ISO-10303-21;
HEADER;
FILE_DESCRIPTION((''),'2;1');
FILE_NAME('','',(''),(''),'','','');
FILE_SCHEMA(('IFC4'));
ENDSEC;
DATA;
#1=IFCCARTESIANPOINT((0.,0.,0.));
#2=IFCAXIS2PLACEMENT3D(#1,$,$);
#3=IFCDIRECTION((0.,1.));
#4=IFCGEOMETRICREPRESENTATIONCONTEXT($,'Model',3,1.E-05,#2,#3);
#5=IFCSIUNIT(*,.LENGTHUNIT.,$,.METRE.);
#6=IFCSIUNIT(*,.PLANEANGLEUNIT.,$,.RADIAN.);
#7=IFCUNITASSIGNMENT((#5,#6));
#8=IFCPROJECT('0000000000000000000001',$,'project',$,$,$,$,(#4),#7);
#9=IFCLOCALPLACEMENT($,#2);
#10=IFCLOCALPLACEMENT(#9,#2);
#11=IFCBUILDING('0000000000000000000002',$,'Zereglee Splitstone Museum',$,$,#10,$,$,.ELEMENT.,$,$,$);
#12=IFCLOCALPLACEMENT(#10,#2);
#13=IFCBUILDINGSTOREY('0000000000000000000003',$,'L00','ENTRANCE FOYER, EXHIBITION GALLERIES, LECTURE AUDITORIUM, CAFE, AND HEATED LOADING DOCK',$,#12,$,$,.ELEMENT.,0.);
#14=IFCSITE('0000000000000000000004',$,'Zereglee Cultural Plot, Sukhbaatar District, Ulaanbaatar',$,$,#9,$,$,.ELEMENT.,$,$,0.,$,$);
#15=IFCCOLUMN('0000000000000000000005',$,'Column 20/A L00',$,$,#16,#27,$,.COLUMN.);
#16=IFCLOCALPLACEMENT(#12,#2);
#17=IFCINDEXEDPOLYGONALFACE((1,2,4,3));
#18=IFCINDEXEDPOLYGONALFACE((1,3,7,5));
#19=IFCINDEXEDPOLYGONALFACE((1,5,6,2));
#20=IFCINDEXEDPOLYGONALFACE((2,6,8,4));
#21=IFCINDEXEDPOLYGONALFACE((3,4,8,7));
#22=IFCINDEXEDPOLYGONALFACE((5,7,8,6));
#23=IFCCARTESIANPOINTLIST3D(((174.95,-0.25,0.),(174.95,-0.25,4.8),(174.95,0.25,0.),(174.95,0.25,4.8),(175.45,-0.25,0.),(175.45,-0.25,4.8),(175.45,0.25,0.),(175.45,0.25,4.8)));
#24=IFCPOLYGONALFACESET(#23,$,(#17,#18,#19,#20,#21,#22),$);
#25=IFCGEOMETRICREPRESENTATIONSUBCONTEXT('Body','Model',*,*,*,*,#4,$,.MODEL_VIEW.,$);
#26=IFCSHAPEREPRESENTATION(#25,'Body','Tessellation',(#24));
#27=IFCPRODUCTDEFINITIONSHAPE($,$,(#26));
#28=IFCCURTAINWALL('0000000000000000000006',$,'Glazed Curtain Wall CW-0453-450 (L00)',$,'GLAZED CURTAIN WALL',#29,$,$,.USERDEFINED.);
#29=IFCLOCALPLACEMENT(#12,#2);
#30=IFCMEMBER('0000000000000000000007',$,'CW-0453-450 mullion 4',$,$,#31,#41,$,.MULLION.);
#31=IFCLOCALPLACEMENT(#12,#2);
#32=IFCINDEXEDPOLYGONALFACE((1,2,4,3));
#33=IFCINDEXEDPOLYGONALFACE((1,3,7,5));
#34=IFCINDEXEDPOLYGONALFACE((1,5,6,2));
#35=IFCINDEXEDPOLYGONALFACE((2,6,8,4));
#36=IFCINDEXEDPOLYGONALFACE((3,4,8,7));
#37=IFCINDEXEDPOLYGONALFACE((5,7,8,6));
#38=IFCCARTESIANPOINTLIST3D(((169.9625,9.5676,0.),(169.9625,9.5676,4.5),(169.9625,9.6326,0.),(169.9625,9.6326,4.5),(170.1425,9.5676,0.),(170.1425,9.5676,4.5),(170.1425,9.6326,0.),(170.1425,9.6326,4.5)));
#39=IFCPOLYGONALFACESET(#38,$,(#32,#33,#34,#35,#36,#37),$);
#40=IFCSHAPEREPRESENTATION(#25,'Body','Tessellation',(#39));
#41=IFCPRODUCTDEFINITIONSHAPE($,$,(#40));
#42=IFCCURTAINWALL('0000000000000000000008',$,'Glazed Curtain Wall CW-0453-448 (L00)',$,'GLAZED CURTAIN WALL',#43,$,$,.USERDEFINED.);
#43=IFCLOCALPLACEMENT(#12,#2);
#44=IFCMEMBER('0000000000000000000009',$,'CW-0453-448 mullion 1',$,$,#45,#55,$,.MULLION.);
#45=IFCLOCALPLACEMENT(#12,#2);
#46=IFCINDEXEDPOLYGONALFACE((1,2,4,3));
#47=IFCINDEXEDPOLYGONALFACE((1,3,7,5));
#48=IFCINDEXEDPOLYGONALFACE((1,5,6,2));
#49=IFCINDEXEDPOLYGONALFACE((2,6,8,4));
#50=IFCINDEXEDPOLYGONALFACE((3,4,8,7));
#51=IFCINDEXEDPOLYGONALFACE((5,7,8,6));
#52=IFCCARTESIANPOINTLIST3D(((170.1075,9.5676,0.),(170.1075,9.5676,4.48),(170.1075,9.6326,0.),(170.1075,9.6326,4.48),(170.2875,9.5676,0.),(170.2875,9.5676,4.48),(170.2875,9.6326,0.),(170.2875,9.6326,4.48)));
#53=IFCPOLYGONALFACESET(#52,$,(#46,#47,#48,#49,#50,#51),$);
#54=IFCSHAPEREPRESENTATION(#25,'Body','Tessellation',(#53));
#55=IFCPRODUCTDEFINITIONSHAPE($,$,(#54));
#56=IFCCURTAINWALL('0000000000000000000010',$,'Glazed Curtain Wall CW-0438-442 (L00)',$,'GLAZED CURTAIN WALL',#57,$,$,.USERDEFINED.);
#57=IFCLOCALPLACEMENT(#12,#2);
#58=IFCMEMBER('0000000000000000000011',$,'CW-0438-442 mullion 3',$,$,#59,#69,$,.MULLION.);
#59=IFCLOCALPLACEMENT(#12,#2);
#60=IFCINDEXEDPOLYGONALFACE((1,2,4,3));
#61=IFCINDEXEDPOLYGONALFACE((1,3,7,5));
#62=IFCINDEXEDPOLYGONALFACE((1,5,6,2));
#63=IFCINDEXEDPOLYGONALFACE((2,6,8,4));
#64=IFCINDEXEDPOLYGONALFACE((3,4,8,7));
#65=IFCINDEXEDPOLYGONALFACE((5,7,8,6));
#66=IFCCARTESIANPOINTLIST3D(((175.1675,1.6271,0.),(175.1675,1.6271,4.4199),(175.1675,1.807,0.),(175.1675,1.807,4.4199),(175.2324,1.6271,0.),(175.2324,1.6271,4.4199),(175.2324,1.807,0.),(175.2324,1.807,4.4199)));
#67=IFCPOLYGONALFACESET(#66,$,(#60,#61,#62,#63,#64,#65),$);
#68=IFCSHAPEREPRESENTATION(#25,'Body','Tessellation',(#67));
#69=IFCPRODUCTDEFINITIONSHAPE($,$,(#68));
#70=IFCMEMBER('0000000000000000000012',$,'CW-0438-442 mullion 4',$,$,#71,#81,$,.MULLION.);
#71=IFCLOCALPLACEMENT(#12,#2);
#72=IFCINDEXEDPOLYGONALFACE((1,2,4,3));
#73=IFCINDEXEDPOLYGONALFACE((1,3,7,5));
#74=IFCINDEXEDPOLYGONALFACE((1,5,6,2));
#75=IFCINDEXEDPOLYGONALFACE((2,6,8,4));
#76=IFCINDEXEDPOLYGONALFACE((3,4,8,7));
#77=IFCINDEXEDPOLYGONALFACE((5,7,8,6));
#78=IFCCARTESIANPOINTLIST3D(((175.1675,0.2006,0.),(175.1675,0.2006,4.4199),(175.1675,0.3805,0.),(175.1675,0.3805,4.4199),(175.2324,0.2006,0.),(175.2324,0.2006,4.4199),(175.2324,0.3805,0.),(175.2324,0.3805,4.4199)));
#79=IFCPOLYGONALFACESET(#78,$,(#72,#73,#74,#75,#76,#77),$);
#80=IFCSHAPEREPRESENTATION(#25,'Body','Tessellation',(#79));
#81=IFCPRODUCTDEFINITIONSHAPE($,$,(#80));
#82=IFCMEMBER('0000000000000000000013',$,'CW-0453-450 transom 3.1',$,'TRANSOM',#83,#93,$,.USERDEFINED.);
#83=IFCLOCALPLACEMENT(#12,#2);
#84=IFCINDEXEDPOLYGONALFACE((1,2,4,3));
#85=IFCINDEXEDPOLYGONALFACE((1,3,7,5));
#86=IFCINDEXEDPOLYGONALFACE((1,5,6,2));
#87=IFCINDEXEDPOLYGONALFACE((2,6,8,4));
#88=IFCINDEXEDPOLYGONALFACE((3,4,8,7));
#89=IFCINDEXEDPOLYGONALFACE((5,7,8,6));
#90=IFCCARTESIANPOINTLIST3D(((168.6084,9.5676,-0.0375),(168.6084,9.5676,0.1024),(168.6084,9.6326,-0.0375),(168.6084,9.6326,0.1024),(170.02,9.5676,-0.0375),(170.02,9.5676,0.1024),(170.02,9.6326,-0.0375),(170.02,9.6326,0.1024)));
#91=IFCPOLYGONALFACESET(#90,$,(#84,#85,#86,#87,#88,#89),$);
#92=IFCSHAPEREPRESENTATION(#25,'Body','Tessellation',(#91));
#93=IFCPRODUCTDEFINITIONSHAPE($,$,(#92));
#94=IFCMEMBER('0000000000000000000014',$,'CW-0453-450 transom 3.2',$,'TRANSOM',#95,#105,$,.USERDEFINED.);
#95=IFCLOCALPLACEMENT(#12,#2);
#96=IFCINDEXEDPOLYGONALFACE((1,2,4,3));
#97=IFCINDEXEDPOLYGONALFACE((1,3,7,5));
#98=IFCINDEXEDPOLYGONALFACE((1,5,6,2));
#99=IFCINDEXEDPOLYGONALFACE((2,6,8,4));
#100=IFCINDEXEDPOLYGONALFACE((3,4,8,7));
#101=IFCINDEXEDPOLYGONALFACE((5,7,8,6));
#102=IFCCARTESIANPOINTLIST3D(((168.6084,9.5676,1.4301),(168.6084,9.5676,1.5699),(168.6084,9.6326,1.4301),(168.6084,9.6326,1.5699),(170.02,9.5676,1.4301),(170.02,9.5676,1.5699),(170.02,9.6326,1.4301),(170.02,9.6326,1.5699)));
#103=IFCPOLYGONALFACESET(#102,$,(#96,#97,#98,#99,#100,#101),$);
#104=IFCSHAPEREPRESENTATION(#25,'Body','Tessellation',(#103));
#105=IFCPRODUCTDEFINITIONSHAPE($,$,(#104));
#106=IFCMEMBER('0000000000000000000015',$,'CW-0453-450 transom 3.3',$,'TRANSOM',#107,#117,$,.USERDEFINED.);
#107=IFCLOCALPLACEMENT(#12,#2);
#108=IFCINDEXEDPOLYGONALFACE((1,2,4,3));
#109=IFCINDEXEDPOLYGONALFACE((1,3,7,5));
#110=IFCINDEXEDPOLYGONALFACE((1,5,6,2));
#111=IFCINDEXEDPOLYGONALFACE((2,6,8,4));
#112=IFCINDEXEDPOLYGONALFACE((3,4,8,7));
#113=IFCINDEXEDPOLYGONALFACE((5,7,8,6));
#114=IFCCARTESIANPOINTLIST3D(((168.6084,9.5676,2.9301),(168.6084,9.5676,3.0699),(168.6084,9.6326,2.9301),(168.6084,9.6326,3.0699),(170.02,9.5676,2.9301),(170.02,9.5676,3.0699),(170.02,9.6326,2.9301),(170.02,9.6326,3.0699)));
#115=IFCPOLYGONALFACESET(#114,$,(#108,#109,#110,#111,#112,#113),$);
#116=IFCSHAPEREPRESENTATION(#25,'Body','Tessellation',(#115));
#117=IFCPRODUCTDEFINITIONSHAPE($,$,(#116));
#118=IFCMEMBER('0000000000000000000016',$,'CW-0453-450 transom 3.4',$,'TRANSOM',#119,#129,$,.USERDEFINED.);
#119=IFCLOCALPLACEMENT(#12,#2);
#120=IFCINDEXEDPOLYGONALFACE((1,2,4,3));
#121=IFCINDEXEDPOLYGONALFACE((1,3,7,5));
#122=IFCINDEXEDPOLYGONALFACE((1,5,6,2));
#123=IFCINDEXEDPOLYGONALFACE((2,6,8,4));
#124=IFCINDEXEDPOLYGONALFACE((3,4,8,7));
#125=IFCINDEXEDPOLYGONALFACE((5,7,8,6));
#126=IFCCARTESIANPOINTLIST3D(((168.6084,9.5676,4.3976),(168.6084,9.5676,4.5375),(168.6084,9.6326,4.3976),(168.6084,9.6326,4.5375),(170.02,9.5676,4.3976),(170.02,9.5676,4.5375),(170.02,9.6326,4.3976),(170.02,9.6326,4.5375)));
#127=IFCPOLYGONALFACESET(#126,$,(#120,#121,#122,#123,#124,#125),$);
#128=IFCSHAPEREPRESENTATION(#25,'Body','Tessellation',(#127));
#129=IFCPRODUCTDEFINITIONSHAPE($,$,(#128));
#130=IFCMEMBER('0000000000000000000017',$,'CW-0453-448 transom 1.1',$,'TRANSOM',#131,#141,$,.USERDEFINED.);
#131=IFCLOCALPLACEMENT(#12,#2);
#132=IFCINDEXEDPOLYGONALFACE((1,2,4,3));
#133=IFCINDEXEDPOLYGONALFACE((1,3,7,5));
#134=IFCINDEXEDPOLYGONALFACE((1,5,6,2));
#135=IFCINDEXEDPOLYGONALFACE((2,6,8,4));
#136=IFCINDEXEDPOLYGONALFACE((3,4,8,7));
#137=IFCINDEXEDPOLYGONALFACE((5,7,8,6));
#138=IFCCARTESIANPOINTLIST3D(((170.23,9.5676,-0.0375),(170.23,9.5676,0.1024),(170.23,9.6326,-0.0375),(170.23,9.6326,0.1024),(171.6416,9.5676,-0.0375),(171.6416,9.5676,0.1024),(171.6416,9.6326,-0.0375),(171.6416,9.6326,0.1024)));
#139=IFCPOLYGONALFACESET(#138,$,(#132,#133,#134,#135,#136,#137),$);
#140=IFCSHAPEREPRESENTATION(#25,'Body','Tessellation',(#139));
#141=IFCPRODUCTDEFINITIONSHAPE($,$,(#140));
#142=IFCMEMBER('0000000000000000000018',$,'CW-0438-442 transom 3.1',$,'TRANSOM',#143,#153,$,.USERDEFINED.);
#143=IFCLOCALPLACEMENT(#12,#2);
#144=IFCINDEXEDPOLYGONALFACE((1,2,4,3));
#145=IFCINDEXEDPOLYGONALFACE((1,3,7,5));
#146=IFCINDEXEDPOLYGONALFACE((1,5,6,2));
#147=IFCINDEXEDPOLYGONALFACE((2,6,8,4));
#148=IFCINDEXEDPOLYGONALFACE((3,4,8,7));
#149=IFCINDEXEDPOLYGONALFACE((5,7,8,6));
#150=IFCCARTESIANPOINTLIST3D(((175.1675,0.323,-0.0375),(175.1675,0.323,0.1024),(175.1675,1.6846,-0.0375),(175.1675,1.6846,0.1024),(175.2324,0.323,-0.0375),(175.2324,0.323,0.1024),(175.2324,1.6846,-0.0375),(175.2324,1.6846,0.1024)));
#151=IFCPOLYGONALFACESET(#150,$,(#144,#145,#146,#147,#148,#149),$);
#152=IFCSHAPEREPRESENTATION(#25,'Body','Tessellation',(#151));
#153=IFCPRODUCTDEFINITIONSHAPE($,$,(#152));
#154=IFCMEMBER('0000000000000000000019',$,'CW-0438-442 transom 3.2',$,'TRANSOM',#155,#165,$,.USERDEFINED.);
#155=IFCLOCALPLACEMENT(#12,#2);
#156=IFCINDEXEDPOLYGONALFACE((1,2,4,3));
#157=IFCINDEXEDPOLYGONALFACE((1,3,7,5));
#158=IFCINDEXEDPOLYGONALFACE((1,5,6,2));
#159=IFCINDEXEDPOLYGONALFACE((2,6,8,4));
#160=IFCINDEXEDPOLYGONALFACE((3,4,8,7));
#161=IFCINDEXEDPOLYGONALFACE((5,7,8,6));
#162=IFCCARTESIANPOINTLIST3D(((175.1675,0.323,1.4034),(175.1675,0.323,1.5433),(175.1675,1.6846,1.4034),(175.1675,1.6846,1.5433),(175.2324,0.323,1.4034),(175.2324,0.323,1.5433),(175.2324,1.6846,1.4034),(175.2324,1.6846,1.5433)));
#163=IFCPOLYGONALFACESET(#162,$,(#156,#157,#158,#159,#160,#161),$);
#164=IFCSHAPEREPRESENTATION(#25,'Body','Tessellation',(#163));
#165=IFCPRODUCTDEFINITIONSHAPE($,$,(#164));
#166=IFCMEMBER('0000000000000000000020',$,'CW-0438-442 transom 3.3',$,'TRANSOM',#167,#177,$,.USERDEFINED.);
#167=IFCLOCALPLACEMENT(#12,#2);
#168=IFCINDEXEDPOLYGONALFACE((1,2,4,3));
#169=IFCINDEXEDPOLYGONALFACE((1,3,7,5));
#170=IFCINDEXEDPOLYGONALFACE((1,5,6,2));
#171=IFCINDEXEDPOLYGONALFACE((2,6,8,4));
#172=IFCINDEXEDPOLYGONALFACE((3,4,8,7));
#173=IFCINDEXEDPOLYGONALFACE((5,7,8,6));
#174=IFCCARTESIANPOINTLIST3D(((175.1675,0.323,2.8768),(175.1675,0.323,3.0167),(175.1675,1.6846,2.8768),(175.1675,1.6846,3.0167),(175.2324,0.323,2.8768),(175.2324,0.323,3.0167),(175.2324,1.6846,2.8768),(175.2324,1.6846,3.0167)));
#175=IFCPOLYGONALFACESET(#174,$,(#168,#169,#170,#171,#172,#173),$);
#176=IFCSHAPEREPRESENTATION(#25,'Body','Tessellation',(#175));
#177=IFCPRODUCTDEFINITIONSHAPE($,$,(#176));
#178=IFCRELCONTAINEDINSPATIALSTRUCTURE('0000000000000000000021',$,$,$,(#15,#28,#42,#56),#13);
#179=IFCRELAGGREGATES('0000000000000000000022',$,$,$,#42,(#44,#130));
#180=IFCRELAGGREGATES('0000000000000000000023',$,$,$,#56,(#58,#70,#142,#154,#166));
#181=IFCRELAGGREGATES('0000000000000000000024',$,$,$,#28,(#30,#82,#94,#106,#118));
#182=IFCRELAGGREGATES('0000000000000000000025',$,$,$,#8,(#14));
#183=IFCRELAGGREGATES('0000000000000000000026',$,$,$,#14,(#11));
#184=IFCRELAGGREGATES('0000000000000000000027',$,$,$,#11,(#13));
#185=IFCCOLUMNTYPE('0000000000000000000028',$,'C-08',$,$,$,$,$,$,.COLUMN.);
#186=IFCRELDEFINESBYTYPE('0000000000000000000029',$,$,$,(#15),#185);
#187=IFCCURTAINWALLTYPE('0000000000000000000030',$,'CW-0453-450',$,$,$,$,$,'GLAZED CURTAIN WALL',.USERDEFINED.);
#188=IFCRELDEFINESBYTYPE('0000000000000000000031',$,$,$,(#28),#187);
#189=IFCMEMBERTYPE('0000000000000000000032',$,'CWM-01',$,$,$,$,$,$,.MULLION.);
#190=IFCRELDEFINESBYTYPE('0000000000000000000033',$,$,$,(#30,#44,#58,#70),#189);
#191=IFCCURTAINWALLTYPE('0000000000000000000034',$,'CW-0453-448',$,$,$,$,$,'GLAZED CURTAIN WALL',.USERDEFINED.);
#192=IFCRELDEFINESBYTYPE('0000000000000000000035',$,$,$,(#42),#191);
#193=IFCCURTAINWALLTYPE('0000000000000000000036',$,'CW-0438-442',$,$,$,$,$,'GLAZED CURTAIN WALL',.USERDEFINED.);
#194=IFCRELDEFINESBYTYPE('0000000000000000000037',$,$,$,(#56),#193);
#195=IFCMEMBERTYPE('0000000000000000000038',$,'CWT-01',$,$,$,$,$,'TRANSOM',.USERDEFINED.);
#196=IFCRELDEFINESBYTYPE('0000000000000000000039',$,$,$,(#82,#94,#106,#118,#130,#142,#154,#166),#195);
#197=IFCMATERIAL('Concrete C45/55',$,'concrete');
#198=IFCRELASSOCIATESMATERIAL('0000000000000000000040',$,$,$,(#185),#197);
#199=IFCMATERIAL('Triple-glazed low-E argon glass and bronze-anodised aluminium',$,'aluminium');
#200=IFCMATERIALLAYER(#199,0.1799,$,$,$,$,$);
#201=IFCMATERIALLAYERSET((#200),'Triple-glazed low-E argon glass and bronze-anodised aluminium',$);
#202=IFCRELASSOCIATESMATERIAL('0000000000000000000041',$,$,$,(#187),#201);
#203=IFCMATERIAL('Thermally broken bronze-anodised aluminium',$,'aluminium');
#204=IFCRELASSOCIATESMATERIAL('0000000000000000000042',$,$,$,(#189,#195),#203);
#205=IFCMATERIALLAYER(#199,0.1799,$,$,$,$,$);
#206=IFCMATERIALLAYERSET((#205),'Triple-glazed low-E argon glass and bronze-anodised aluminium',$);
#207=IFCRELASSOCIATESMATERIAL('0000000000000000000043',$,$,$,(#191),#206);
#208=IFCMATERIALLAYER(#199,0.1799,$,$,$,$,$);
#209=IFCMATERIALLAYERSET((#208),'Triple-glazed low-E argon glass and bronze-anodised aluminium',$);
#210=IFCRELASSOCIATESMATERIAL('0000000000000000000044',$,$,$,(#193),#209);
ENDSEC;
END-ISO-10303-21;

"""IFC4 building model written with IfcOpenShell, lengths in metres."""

from ifc_helpers import new_model, si_unit, direction, frame, origin, origin_2d, place, context, subcontext, project, spatial, rectangle, extrude, material, layer, layer_set, material_profile, profile_set, type_object, element, aggregate, save


model = new_model("IFC4")

# Units and contexts
model_context = context("Model", 3, precision=1e-05, world=origin(), true_north=direction((0.0, 1.0)))
body_context = subcontext(model_context, "Body", "Model", "MODEL_VIEW")
ifc_project = project(units=[si_unit("LENGTHUNIT", "METRE"), si_unit("PLANEANGLEUNIT", "RADIAN")], contexts=[model_context])

# Site, building, storey
site_placement = place(None, origin())
site = spatial("IfcSite", under=ifc_project, at=site_placement, Name="Zereglee Cultural Plot, Sukhbaatar District, Ulaanbaatar", CompositionType="ELEMENT", RefElevation=0.0)
building_placement = place(site_placement, origin())
building = spatial("IfcBuilding", under=site, at=building_placement, Name="Zereglee Splitstone Museum", CompositionType="ELEMENT")
storey_placement = place(building_placement, origin())
storey = spatial("IfcBuildingStorey", under=building, at=storey_placement, Name="L00", Description="ENTRANCE FOYER, EXHIBITION GALLERIES, LECTURE AUDITORIUM, CAFE, AND HEATED LOADING DOCK", CompositionType="ELEMENT", Elevation=0.0)

# Column
ifc_material_1 = material(Name="Concrete C45/55", Category="concrete")
ifc_material_profile_1 = material_profile(ifc_material_1, rectangle(XDim=0.5, YDim=0.5, at=origin_2d()), Name="RC 500x500")
ifc_profile_set_1 = profile_set([ifc_material_profile_1], Name="Concrete C45/55")
column_type = type_object("IfcColumnType", Name="C-08", PredefinedType="COLUMN", material=ifc_profile_set_1)
column_placement = place(storey_placement, frame((175.2, 0.0, 0.0), z_axis=(0.0, 0.0, 1.0), x_axis=(1.0, 0.0, 0.0)))
element("IfcColumn", 1, at=column_placement, inside=storey, type_object=column_type, Name="Column 20/A L00", PredefinedType="COLUMN", context=body_context, shape_type="SweptSolid", body=[
    extrude(rectangle(XDim=0.5, YDim=0.5, at=origin_2d()), origin(), (0.0, 0.0, 1.0), 4.8),
])

# Curtain walls, members
ifc_material_2 = material(Name="Triple-glazed low-E argon glass and bronze-anodised aluminium", Category="aluminium")
ifc_layer_1 = layer(ifc_material_2, 0.1799)
ifc_layer_set_1 = layer_set([ifc_layer_1], Name="Triple-glazed low-E argon glass and bronze-anodised aluminium")
curtain_wall_type_1 = type_object("IfcCurtainWallType", Name="CW-0453-450", ElementType="GLAZED CURTAIN WALL", PredefinedType="USERDEFINED", material=ifc_layer_set_1)
curtain_wall_1_placement = place(storey_placement, origin())
curtain_wall_1 = element("IfcCurtainWall", 2, at=curtain_wall_1_placement, inside=storey, type_object=curtain_wall_type_1, Name="Glazed Curtain Wall CW-0453-450 (L00)", ObjectType="GLAZED CURTAIN WALL", PredefinedType="USERDEFINED")
ifc_material_3 = material(Name="Thermally broken bronze-anodised aluminium", Category="aluminium")
ifc_material_profile_2 = material_profile(ifc_material_3, rectangle(XDim=0.0649, YDim=0.1799, at=origin_2d()), Name="CW MULL 65x180")
ifc_profile_set_2 = profile_set([ifc_material_profile_2], Name="Thermally broken bronze-anodised aluminium")
member_type_1 = type_object("IfcMemberType", Name="CWM-01", PredefinedType="MULLION", material=ifc_profile_set_2)
member_1_placement = place(storey_placement, frame((170.0525, 9.6001, 0.0), z_axis=(0.0, 0.0, 1.0), x_axis=(0.0, 1.0, 0.0)))
member_1 = element("IfcMember", 3, at=member_1_placement, type_object=member_type_1, Name="CW-0453-450 mullion 4", PredefinedType="MULLION", context=body_context, shape_type="SweptSolid", body=[
    extrude(rectangle(XDim=0.0649, YDim=0.1799, at=origin_2d()), origin(), (0.0, 0.0, 1.0), 4.5),
])
ifc_layer_2 = layer(ifc_material_2, 0.1799)
ifc_layer_set_2 = layer_set([ifc_layer_2], Name="Triple-glazed low-E argon glass and bronze-anodised aluminium")
curtain_wall_type_2 = type_object("IfcCurtainWallType", Name="CW-0453-448", ElementType="GLAZED CURTAIN WALL", PredefinedType="USERDEFINED", material=ifc_layer_set_2)
curtain_wall_2_placement = place(storey_placement, origin())
curtain_wall_2 = element("IfcCurtainWall", 4, at=curtain_wall_2_placement, inside=storey, type_object=curtain_wall_type_2, Name="Glazed Curtain Wall CW-0453-448 (L00)", ObjectType="GLAZED CURTAIN WALL", PredefinedType="USERDEFINED")
member_2_placement = place(storey_placement, frame((170.1975, 9.6001, 0.0), z_axis=(0.0, 0.0, 1.0), x_axis=(0.0, 1.0, 0.0)))
member_2 = element("IfcMember", 5, at=member_2_placement, type_object=member_type_1, Name="CW-0453-448 mullion 1", PredefinedType="MULLION", context=body_context, shape_type="SweptSolid", body=[
    extrude(rectangle(XDim=0.0649, YDim=0.1799, at=origin_2d()), origin(), (0.0, 0.0, 1.0), 4.48),
])

# Curtain wall, members
ifc_layer_3 = layer(ifc_material_2, 0.1799)
ifc_layer_set_3 = layer_set([ifc_layer_3], Name="Triple-glazed low-E argon glass and bronze-anodised aluminium")
curtain_wall_type_3 = type_object("IfcCurtainWallType", Name="CW-0438-442", ElementType="GLAZED CURTAIN WALL", PredefinedType="USERDEFINED", material=ifc_layer_set_3)
curtain_wall_3_placement = place(storey_placement, origin())
curtain_wall_3 = element("IfcCurtainWall", 6, at=curtain_wall_3_placement, inside=storey, type_object=curtain_wall_type_3, Name="Glazed Curtain Wall CW-0438-442 (L00)", ObjectType="GLAZED CURTAIN WALL", PredefinedType="USERDEFINED")
member_3_placement = place(storey_placement, frame((175.2, 1.717, 0.0), z_axis=(0.0, 0.0, 1.0), x_axis=(1.0, 0.0, 0.0)))
member_3 = element("IfcMember", 7, at=member_3_placement, type_object=member_type_1, Name="CW-0438-442 mullion 3", PredefinedType="MULLION", context=body_context, shape_type="SweptSolid", body=[
    extrude(rectangle(XDim=0.0649, YDim=0.1799, at=origin_2d()), origin(), (0.0, 0.0, 1.0), 4.4199),
])
member_4_placement = place(storey_placement, frame((175.2, 0.2905, 0.0), z_axis=(0.0, 0.0, 1.0), x_axis=(1.0, 0.0, 0.0)))
member_4 = element("IfcMember", 8, at=member_4_placement, type_object=member_type_1, Name="CW-0438-442 mullion 4", PredefinedType="MULLION", context=body_context, shape_type="SweptSolid", body=[
    extrude(rectangle(XDim=0.0649, YDim=0.1799, at=origin_2d()), origin(), (0.0, 0.0, 1.0), 4.4199),
])

# Members
ifc_material_profile_3 = material_profile(ifc_material_3, rectangle(XDim=0.0649, YDim=0.1399, at=origin_2d()), Name="CW TRAN 65x140")
ifc_profile_set_3 = profile_set([ifc_material_profile_3], Name="Thermally broken bronze-anodised aluminium")
member_type_2 = type_object("IfcMemberType", Name="CWT-01", ElementType="TRANSOM", PredefinedType="USERDEFINED", material=ifc_profile_set_3)
member_5_placement = place(storey_placement, frame((168.6084, 9.6001, 0.0325), z_axis=(1.0, 0.0, 0.0), x_axis=(0.0, 1.0, 0.0)))
member_5 = element("IfcMember", 9, at=member_5_placement, type_object=member_type_2, Name="CW-0453-450 transom 3.1", ObjectType="TRANSOM", PredefinedType="USERDEFINED", context=body_context, shape_type="SweptSolid", body=[
    extrude(rectangle(XDim=0.0649, YDim=0.1399, at=origin_2d()), origin(), (0.0, 0.0, 1.0), 1.4116),
])
member_6_placement = place(storey_placement, frame((168.6084, 9.6001, 1.5), z_axis=(1.0, 0.0, 0.0), x_axis=(0.0, 1.0, 0.0)))
member_6 = element("IfcMember", 10, at=member_6_placement, type_object=member_type_2, Name="CW-0453-450 transom 3.2", ObjectType="TRANSOM", PredefinedType="USERDEFINED", context=body_context, shape_type="SweptSolid", body=[
    extrude(rectangle(XDim=0.0649, YDim=0.1399, at=origin_2d()), origin(), (0.0, 0.0, 1.0), 1.4116),
])
member_7_placement = place(storey_placement, frame((168.6084, 9.6001, 3.0), z_axis=(1.0, 0.0, 0.0), x_axis=(0.0, 1.0, 0.0)))
member_7 = element("IfcMember", 11, at=member_7_placement, type_object=member_type_2, Name="CW-0453-450 transom 3.3", ObjectType="TRANSOM", PredefinedType="USERDEFINED", context=body_context, shape_type="SweptSolid", body=[
    extrude(rectangle(XDim=0.0649, YDim=0.1399, at=origin_2d()), origin(), (0.0, 0.0, 1.0), 1.4116),
])
member_8_placement = place(storey_placement, frame((168.6084, 9.6001, 4.4675), z_axis=(1.0, 0.0, 0.0), x_axis=(0.0, 1.0, 0.0)))
member_8 = element("IfcMember", 12, at=member_8_placement, type_object=member_type_2, Name="CW-0453-450 transom 3.4", ObjectType="TRANSOM", PredefinedType="USERDEFINED", context=body_context, shape_type="SweptSolid", body=[
    extrude(rectangle(XDim=0.0649, YDim=0.1399, at=origin_2d()), origin(), (0.0, 0.0, 1.0), 1.4116),
])
member_9_placement = place(storey_placement, frame((170.23, 9.6001, 0.0325), z_axis=(1.0, 0.0, 0.0), x_axis=(0.0, 1.0, 0.0)))
member_9 = element("IfcMember", 13, at=member_9_placement, type_object=member_type_2, Name="CW-0453-448 transom 1.1", ObjectType="TRANSOM", PredefinedType="USERDEFINED", context=body_context, shape_type="SweptSolid", body=[
    extrude(rectangle(XDim=0.0649, YDim=0.1399, at=origin_2d()), origin(), (0.0, 0.0, 1.0), 1.4116),
])
aggregate(curtain_wall_2, [member_2, member_9])
member_10_placement = place(storey_placement, frame((175.2, 1.6846, 0.0325), z_axis=(0.0, -1.0, 0.0), x_axis=(1.0, 0.0, 0.0)))
member_10 = element("IfcMember", 14, at=member_10_placement, type_object=member_type_2, Name="CW-0438-442 transom 3.1", ObjectType="TRANSOM", PredefinedType="USERDEFINED", context=body_context, shape_type="SweptSolid", body=[
    extrude(rectangle(XDim=0.0649, YDim=0.1399, at=origin_2d()), origin(), (0.0, 0.0, 1.0), 1.3616),
])
member_11_placement = place(storey_placement, frame((175.2, 1.6846, 1.4734), z_axis=(0.0, -1.0, 0.0), x_axis=(1.0, 0.0, 0.0)))
member_11 = element("IfcMember", 15, at=member_11_placement, type_object=member_type_2, Name="CW-0438-442 transom 3.2", ObjectType="TRANSOM", PredefinedType="USERDEFINED", context=body_context, shape_type="SweptSolid", body=[
    extrude(rectangle(XDim=0.0649, YDim=0.1399, at=origin_2d()), origin(), (0.0, 0.0, 1.0), 1.3616),
])
member_12_placement = place(storey_placement, frame((175.2, 1.6846, 2.9468), z_axis=(0.0, -1.0, 0.0), x_axis=(1.0, 0.0, 0.0)))
member_12 = element("IfcMember", 16, at=member_12_placement, type_object=member_type_2, Name="CW-0438-442 transom 3.3", ObjectType="TRANSOM", PredefinedType="USERDEFINED", context=body_context, shape_type="SweptSolid", body=[
    extrude(rectangle(XDim=0.0649, YDim=0.1399, at=origin_2d()), origin(), (0.0, 0.0, 1.0), 1.3616),
])
aggregate(curtain_wall_3, [member_3, member_4, member_10, member_11, member_12])

aggregate(curtain_wall_1, [member_1, member_5, member_6, member_7, member_8])

save(model, "model.ifc")
